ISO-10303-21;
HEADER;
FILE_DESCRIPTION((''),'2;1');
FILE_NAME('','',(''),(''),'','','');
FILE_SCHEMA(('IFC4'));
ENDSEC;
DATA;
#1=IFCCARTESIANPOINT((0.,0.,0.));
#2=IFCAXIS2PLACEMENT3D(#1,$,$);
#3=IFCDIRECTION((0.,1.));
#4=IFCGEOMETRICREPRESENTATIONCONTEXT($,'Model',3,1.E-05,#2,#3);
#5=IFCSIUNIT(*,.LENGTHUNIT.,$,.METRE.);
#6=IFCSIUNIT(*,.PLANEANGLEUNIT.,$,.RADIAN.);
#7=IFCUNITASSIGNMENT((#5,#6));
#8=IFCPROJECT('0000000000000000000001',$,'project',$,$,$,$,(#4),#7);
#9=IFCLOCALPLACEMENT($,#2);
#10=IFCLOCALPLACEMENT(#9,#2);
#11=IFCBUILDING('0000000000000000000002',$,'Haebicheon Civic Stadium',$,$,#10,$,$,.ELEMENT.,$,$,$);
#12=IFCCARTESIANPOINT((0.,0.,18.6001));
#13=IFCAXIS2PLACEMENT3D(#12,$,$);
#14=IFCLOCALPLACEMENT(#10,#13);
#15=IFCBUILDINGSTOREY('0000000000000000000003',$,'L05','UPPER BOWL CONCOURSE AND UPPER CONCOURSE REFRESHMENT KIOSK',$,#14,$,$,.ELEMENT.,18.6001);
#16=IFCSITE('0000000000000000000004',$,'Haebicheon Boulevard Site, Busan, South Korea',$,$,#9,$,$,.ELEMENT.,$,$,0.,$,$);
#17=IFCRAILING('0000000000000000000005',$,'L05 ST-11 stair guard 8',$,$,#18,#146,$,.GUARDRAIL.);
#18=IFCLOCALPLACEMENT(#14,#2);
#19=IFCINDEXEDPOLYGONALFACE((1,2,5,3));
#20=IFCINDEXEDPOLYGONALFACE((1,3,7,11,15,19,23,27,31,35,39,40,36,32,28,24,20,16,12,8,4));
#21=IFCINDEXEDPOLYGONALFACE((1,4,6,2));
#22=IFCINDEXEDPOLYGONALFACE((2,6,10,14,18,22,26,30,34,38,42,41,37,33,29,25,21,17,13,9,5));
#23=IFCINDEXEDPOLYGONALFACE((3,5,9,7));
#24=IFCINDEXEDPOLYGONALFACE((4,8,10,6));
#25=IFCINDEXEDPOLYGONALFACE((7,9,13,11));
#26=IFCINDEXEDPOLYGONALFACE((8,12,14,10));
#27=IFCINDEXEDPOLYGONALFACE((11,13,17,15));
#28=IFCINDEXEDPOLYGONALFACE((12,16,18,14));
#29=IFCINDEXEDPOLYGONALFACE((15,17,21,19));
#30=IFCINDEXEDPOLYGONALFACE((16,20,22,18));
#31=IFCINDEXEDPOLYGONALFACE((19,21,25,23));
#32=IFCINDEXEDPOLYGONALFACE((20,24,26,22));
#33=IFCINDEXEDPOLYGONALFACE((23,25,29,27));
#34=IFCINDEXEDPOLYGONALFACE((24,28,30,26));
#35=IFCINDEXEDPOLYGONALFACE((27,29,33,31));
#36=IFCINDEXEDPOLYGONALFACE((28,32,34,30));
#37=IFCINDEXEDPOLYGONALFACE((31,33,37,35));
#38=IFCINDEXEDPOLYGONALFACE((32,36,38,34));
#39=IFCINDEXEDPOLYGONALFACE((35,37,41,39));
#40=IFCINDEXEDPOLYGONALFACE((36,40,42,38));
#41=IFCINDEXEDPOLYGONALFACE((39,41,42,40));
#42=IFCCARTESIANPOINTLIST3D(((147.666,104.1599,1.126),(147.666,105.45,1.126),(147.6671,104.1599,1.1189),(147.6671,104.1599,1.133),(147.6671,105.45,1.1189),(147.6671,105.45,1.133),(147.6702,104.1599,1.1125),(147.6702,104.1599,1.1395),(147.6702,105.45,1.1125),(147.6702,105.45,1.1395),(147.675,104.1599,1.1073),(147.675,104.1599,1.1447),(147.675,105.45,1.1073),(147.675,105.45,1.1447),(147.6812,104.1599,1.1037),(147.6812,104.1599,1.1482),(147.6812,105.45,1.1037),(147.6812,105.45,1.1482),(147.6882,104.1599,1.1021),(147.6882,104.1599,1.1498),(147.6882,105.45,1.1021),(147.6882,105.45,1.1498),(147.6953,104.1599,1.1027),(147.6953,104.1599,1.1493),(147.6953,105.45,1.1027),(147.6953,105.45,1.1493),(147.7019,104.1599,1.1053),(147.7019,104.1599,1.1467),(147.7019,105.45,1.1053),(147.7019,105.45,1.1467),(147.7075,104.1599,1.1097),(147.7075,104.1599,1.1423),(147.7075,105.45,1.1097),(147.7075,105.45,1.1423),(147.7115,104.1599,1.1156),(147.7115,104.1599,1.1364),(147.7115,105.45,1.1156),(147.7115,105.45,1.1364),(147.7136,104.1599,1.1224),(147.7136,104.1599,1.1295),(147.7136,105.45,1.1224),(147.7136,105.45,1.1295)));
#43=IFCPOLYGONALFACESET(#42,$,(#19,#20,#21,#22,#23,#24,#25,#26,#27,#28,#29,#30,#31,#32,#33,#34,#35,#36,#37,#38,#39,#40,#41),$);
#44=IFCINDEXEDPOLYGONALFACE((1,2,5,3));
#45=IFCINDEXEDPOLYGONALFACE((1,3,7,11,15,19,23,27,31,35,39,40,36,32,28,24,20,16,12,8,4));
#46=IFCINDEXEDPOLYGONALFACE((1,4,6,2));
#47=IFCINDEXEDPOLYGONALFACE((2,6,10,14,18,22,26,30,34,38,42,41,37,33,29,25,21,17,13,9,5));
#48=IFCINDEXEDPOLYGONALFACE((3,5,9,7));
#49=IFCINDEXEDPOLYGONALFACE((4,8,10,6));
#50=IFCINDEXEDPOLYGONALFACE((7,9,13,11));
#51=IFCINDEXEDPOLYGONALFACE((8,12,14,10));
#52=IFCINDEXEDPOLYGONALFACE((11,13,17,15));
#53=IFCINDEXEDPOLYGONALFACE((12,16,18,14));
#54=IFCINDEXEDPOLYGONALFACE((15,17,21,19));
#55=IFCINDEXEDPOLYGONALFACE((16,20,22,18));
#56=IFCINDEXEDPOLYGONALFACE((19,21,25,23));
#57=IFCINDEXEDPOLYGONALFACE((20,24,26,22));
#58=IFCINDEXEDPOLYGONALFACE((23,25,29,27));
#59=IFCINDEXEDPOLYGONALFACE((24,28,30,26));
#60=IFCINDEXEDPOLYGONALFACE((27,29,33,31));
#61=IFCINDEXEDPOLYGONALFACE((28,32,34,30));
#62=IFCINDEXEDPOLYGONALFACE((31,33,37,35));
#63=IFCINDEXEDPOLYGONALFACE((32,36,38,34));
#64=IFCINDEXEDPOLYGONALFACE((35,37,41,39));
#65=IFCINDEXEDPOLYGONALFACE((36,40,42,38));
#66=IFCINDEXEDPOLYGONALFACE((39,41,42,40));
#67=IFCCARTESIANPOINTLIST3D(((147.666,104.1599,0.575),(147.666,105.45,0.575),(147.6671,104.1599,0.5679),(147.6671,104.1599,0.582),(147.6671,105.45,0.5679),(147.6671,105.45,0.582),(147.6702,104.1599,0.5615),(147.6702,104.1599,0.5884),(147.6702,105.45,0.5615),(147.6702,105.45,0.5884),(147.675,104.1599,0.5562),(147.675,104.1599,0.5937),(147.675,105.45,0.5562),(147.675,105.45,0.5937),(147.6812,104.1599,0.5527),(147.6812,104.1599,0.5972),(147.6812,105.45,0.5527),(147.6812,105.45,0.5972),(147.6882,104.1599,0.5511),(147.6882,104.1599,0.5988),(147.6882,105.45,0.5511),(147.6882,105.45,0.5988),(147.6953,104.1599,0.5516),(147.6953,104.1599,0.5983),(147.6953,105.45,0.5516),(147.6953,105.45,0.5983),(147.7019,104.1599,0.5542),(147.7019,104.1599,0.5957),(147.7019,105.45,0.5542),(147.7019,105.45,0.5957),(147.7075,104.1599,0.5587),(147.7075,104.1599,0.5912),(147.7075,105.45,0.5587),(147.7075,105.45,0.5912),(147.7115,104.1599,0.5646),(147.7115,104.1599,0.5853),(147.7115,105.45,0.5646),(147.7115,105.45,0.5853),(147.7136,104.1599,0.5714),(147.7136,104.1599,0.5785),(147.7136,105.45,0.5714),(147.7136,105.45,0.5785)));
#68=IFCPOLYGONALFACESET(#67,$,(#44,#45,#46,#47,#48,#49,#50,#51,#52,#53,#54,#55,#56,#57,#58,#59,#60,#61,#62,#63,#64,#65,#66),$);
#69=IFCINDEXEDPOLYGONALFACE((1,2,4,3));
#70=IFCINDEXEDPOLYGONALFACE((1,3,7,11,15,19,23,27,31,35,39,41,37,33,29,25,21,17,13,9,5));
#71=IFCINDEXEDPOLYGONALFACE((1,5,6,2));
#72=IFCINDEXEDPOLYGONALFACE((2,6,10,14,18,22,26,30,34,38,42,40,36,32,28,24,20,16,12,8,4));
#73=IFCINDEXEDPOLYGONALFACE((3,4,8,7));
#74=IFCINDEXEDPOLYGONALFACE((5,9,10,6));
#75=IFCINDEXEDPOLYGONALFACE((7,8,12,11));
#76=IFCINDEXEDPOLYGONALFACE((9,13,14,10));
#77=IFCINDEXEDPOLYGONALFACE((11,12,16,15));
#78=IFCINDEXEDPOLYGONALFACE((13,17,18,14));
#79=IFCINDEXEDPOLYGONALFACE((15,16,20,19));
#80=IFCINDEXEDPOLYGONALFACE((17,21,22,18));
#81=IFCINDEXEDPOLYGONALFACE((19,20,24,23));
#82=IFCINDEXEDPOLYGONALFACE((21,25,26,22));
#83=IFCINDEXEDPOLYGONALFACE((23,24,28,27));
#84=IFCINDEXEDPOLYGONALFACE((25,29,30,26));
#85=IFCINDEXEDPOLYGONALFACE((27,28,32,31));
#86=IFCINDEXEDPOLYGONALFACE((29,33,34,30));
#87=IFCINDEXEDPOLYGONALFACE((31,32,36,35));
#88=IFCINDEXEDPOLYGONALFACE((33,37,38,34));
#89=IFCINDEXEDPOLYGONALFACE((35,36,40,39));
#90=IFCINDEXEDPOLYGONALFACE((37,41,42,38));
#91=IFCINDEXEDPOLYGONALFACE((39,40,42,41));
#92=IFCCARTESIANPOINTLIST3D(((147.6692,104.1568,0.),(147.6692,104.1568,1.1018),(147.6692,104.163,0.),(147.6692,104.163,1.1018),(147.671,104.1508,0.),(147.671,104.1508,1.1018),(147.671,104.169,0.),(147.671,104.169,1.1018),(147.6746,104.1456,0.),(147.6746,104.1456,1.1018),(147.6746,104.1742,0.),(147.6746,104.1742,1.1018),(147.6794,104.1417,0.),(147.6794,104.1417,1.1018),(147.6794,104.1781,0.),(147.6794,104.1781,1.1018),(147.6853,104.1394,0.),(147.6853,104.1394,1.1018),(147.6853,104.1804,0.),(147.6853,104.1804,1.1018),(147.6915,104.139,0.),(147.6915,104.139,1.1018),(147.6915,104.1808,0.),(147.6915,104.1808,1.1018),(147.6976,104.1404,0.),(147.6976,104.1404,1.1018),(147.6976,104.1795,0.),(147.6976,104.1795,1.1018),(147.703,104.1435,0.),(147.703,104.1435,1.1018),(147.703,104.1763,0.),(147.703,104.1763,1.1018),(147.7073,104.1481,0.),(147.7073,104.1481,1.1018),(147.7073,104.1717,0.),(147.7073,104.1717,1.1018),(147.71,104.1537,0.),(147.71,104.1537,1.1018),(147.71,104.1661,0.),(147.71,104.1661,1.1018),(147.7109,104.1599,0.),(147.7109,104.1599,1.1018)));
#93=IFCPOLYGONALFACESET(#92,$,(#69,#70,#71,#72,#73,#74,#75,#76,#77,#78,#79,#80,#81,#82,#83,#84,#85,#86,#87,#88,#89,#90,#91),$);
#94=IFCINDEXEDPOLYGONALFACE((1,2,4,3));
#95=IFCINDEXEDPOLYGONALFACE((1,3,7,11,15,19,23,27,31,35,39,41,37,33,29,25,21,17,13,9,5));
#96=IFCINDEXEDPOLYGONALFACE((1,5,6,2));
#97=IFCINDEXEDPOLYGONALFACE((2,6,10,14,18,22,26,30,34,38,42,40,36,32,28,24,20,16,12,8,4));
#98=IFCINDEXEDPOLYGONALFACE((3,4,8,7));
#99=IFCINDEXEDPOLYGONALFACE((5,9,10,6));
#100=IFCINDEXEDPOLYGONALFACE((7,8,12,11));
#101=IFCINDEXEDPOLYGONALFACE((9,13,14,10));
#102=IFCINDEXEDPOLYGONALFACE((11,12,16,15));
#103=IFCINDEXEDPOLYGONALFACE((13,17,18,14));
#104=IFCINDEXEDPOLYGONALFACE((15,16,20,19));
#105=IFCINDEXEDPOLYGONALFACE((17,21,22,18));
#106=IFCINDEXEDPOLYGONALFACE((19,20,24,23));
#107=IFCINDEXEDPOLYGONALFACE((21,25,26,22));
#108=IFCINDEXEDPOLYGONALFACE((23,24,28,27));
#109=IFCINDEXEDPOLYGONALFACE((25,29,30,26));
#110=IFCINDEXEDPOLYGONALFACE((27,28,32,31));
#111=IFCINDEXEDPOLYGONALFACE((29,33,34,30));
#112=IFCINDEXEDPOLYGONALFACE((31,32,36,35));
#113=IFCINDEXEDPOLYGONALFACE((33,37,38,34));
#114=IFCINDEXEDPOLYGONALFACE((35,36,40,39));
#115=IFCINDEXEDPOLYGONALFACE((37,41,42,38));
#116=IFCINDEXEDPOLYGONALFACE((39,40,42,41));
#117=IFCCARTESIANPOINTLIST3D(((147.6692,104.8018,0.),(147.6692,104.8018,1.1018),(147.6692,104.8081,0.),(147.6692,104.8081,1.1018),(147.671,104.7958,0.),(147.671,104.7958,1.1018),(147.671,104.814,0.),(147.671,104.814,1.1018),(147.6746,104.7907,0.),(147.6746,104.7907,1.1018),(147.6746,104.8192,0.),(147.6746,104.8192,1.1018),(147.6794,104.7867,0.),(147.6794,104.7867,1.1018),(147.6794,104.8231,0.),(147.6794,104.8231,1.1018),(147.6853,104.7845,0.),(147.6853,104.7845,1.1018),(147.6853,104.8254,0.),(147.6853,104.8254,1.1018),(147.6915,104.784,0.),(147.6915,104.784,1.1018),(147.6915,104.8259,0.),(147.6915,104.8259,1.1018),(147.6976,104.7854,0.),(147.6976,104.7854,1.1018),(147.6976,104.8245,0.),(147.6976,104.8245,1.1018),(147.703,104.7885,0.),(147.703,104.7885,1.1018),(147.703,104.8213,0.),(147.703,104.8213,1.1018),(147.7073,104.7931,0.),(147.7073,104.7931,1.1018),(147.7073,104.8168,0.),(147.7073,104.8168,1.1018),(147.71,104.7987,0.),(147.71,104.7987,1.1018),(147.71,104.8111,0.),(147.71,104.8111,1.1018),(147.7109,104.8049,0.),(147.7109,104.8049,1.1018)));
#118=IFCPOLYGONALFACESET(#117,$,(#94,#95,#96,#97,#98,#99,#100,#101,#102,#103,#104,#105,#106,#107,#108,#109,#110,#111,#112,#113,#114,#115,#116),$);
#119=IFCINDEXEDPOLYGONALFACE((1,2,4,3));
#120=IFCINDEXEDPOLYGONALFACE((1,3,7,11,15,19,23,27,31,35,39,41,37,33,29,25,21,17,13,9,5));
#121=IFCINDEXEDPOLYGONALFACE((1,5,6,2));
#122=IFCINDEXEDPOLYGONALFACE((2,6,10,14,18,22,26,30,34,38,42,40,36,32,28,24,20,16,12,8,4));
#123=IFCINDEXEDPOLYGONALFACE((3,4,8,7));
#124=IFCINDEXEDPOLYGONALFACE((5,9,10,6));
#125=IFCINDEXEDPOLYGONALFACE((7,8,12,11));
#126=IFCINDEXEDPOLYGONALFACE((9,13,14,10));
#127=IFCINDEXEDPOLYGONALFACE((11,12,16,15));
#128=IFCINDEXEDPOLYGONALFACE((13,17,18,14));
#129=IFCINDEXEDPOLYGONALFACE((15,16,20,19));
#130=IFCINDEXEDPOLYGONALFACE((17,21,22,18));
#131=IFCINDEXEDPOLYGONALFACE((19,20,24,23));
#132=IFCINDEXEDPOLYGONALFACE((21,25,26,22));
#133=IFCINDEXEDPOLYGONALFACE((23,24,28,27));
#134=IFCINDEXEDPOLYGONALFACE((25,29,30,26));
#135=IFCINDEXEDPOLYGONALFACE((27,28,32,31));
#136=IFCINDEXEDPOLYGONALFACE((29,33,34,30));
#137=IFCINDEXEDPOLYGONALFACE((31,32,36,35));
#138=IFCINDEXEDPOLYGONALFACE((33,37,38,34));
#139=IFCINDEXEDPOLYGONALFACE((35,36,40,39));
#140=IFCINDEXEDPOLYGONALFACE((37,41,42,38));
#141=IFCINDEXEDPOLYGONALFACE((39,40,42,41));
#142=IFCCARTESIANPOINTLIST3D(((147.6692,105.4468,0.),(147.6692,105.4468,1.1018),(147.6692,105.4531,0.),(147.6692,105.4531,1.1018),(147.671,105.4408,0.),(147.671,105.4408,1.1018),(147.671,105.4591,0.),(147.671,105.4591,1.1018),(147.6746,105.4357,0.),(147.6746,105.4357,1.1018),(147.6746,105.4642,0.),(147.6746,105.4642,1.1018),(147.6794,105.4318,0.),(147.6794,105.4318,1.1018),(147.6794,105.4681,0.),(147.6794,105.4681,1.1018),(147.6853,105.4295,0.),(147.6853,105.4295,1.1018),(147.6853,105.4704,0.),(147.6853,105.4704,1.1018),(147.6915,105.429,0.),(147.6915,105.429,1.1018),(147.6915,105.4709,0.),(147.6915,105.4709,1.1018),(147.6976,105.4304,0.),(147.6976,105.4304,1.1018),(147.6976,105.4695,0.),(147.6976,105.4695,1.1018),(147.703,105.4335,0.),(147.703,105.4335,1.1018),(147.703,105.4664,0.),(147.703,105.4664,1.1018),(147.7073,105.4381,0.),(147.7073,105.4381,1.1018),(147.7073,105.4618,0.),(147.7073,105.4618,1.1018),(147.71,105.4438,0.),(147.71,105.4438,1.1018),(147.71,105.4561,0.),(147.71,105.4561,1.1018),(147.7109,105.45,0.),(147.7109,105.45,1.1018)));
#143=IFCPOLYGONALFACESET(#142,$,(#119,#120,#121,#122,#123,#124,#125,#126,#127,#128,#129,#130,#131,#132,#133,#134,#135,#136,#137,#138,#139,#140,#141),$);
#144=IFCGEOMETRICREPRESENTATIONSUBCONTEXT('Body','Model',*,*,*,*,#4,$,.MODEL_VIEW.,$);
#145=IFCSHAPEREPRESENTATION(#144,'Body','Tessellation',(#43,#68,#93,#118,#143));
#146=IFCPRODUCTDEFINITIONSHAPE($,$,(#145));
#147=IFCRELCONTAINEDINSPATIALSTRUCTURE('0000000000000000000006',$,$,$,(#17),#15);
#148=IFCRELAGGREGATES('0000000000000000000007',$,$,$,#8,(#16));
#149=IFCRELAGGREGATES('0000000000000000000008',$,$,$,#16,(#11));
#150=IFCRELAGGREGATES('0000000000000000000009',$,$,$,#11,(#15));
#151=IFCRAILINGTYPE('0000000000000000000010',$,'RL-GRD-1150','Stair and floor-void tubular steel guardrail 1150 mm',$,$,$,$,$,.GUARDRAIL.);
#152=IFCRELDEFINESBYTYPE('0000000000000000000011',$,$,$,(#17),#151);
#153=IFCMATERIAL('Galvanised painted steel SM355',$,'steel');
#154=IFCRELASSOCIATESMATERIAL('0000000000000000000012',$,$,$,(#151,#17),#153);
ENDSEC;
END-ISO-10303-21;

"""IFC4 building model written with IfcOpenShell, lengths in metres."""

from ifc_helpers import new_model, si_unit, direction, frame, origin, origin_2d, place, context, subcontext, project, spatial, circle, extrude, material, type_object, element, save


model = new_model("IFC4")

# Units and contexts
model_context = context("Model", 3, precision=1e-05, world=origin(), true_north=direction((0.0, 1.0)))
body_context = subcontext(model_context, "Body", "Model", "MODEL_VIEW")
ifc_project = project(units=[si_unit("LENGTHUNIT", "METRE"), si_unit("PLANEANGLEUNIT", "RADIAN")], contexts=[model_context])

# Site, building, storey
site_placement = place(None, origin())
site = spatial("IfcSite", under=ifc_project, at=site_placement, Name="Haebicheon Boulevard Site, Busan, South Korea", CompositionType="ELEMENT", RefElevation=0.0)
building_placement = place(site_placement, origin())
building = spatial("IfcBuilding", under=site, at=building_placement, Name="Haebicheon Civic Stadium", CompositionType="ELEMENT")
storey_placement = place(building_placement, frame((0.0, 0.0, 18.6001)))
storey = spatial("IfcBuildingStorey", under=building, at=storey_placement, Name="L05", Description="UPPER BOWL CONCOURSE AND UPPER CONCOURSE REFRESHMENT KIOSK", CompositionType="ELEMENT", Elevation=18.6001)

# Railing
ifc_material_1 = material(Name="Galvanised painted steel SM355", Category="steel")
railing_type = type_object("IfcRailingType", Name="RL-GRD-1150", Description="Stair and floor-void tubular steel guardrail 1150 mm", PredefinedType="GUARDRAIL", material=ifc_material_1)
for number, where, name in (
    (1, (147.6899, 104.1599, 0.0), "L05 ST-11 stair guard 8"),
):
    element("IfcRailing", number, at=place(storey_placement, frame(where)), inside=storey, type_object=railing_type, material=ifc_material_1, Name=name, PredefinedType="GUARDRAIL", context=body_context, shape_type="SweptSolid", body=[
        extrude(circle(Radius=0.0239, at=origin_2d()), frame((0.0, 0.0, 1.126), z_axis=(0.0, 1.0, 0.0), x_axis=(-1.0, 0.0, 0.0)), (0.0, 0.0, 1.0), 1.29),
        extrude(circle(Radius=0.0239, at=origin_2d()), frame((0.0, 0.0, 0.575), z_axis=(0.0, 1.0, 0.0), x_axis=(-1.0, 0.0, 0.0)), (0.0, 0.0, 1.0), 1.29),
        extrude(circle(Radius=0.021, at=origin_2d()), origin(), (0.0, 0.0, 1.0), 1.1018),
        extrude(circle(Radius=0.021, at=origin_2d()), frame((0.0, 0.645, 0.0)), (0.0, 0.0, 1.0), 1.1018),
        extrude(circle(Radius=0.021, at=origin_2d()), frame((0.0, 1.29, 0.0)), (0.0, 0.0, 1.0), 1.1018),
    ])

save(model, "model.ifc")
